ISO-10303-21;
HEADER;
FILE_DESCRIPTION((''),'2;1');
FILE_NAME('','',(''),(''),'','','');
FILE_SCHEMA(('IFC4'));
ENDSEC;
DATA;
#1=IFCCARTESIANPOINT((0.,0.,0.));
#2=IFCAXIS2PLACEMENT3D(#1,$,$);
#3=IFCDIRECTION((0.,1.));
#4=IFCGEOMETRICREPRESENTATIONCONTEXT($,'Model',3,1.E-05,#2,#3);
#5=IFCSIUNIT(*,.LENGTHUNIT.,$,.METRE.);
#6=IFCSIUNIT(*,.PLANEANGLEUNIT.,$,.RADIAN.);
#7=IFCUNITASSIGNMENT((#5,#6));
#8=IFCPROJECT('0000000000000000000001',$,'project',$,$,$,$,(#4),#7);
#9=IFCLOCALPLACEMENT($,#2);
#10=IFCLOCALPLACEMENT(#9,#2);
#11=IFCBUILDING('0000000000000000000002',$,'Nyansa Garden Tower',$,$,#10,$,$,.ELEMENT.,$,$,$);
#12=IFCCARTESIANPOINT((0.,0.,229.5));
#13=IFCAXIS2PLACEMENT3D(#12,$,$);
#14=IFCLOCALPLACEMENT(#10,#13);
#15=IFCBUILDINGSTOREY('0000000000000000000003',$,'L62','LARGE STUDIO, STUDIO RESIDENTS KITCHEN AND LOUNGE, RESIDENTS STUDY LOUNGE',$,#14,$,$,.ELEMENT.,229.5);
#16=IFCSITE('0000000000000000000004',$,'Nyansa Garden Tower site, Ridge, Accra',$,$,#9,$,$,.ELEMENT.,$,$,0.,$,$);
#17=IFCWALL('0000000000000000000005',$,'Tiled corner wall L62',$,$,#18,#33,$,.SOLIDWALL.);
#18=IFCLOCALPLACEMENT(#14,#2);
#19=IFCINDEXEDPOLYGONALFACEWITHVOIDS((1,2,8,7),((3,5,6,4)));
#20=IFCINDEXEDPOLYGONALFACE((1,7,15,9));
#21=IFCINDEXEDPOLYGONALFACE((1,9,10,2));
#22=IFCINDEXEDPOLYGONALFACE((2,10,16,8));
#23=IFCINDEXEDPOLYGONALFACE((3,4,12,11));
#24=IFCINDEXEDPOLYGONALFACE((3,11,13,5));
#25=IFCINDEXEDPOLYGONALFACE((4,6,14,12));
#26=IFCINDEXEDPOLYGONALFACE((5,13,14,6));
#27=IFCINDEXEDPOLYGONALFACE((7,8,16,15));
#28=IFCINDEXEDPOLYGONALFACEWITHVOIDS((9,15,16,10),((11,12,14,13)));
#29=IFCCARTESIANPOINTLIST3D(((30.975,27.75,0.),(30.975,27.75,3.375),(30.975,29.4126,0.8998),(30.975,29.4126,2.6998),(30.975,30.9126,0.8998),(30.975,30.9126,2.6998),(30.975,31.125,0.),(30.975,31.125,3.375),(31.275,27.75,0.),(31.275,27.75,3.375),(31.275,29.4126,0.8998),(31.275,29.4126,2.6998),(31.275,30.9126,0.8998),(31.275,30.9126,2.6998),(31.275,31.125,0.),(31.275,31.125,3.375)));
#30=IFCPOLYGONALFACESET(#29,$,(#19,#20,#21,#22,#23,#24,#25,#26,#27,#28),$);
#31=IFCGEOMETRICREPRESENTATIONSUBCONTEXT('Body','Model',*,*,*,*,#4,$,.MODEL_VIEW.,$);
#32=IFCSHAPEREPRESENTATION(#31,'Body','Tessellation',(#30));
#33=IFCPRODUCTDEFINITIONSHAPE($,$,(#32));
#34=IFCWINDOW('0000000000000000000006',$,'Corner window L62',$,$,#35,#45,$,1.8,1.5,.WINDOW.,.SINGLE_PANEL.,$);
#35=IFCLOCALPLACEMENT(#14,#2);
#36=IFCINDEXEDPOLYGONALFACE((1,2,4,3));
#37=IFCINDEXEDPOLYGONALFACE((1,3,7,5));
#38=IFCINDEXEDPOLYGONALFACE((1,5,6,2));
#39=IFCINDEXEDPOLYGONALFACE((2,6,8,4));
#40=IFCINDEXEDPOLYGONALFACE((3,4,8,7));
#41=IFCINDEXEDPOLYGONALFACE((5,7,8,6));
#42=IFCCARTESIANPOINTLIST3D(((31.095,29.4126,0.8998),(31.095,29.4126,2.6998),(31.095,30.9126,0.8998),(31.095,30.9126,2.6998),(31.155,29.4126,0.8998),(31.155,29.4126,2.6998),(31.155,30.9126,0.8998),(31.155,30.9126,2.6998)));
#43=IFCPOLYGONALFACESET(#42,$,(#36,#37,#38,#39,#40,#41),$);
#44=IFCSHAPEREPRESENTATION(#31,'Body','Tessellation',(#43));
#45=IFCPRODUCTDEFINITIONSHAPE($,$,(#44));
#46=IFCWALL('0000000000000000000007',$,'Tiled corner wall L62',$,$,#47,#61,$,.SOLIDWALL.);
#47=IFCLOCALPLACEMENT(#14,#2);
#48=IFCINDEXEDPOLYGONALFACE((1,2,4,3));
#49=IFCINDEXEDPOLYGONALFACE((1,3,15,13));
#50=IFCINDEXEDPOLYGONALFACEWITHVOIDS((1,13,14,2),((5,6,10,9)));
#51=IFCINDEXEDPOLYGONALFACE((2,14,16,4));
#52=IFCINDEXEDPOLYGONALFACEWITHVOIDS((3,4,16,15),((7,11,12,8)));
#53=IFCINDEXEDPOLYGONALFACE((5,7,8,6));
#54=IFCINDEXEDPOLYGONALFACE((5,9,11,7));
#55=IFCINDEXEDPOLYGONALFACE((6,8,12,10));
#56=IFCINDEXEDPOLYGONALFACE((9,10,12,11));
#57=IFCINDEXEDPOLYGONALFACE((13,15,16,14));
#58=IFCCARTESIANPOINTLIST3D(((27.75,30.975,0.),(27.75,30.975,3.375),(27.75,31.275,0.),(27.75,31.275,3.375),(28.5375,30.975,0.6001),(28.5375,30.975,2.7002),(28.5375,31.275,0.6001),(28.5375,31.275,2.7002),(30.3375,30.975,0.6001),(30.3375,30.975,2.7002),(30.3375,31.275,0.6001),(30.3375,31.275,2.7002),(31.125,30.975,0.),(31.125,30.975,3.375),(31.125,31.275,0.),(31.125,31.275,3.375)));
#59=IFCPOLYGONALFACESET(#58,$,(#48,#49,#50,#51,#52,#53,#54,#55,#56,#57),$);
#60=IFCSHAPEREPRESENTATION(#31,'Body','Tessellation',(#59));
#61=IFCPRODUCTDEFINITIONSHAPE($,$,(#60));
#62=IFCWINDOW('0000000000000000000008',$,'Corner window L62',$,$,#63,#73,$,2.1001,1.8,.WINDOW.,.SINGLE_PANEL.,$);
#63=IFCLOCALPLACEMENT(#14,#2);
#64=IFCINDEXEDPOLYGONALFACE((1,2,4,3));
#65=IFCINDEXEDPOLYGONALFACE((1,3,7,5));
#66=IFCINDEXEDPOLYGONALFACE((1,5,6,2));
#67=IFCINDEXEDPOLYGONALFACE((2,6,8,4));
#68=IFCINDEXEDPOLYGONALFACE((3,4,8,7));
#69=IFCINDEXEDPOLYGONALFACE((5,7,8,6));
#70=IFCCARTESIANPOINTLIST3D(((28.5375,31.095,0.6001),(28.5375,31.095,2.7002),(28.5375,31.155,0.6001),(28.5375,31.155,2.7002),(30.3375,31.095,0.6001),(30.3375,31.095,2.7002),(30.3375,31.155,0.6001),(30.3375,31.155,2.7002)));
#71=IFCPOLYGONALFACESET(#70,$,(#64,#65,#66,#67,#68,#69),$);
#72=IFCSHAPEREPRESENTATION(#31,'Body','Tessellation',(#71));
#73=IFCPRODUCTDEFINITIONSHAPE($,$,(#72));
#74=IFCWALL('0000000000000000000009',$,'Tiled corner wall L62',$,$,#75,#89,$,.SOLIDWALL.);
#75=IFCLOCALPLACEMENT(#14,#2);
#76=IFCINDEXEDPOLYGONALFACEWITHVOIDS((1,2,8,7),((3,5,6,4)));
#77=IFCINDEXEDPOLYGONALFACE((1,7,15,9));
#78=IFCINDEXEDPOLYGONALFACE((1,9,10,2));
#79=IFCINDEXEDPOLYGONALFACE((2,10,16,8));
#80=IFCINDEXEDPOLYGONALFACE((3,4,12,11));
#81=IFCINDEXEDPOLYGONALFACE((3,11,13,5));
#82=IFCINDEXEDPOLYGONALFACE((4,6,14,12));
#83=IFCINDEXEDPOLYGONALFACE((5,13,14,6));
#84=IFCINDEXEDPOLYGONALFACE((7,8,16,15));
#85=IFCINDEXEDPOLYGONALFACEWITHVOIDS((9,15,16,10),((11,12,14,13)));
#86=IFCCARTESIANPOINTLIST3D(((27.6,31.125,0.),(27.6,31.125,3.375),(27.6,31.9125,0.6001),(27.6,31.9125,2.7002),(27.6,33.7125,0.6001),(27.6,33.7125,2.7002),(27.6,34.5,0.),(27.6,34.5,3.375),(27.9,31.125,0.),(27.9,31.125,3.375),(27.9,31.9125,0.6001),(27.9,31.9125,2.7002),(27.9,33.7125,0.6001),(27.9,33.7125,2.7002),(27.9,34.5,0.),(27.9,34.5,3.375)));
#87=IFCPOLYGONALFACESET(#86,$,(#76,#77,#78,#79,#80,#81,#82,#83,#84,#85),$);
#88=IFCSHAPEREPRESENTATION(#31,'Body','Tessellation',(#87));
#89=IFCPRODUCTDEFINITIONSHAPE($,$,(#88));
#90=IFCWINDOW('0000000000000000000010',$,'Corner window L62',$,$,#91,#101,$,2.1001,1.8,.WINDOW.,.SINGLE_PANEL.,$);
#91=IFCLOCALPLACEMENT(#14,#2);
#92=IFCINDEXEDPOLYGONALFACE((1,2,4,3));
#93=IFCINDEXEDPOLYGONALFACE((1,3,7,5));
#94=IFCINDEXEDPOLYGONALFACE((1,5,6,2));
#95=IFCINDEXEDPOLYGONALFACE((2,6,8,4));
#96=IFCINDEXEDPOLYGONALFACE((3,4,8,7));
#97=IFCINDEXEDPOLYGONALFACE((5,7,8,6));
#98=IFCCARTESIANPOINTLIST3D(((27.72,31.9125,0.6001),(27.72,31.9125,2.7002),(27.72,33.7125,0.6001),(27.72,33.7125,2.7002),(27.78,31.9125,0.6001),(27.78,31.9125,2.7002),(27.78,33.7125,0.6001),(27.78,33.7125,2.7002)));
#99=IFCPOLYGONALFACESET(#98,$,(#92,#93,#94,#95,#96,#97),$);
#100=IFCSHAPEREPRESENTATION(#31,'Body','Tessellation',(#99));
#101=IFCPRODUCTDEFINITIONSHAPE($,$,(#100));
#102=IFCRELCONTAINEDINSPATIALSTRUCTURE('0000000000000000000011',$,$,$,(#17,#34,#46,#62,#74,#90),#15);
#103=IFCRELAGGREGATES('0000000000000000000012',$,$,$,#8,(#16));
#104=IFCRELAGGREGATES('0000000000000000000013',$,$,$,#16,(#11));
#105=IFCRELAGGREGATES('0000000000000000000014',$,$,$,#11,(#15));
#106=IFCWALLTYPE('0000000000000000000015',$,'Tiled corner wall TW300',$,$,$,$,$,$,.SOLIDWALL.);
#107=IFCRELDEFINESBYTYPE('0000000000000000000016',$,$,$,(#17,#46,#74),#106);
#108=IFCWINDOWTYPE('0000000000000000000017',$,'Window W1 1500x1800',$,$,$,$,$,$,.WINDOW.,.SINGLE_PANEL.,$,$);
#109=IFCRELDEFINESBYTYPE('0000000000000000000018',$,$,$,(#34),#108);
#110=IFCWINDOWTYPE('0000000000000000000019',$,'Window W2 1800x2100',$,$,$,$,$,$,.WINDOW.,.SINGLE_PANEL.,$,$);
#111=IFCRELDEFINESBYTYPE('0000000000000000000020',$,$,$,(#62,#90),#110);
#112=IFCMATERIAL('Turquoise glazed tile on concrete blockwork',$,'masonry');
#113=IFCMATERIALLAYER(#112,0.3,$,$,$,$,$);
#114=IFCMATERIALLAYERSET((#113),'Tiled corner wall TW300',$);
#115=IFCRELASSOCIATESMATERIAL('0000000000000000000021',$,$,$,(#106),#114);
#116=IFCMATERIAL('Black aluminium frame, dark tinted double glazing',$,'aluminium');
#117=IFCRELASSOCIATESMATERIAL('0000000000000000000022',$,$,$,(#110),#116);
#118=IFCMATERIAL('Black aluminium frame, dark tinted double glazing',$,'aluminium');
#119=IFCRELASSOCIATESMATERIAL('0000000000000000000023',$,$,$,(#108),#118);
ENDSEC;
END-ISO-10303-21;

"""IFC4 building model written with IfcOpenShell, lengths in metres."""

from ifc_helpers import new_model, si_unit, direction, frame, frame_2d, origin, place, context, subcontext, project, spatial, rectangle, extrude, material, layer, layer_set, type_object, element, fill, save


model = new_model("IFC4")

# Units and contexts
model_context = context("Model", 3, precision=1e-05, world=origin(), true_north=direction((0.0, 1.0)))
body_context = subcontext(model_context, "Body", "Model", "MODEL_VIEW")
ifc_project = project(units=[si_unit("LENGTHUNIT", "METRE"), si_unit("PLANEANGLEUNIT", "RADIAN")], contexts=[model_context])

# Site, building, storey
site_placement = place(None, origin())
site = spatial("IfcSite", under=ifc_project, at=site_placement, Name="Nyansa Garden Tower site, Ridge, Accra", CompositionType="ELEMENT", RefElevation=0.0)
building_placement = place(site_placement, origin())
building = spatial("IfcBuilding", under=site, at=building_placement, Name="Nyansa Garden Tower", CompositionType="ELEMENT")
storey_placement = place(building_placement, frame((0.0, 0.0, 229.5)))
storey = spatial("IfcBuildingStorey", under=building, at=storey_placement, Name="L62", Description="LARGE STUDIO, STUDIO RESIDENTS KITCHEN AND LOUNGE, RESIDENTS STUDY LOUNGE", CompositionType="ELEMENT", Elevation=229.5)

# Walls, openings, windows
ifc_material_1 = material(Name="Turquoise glazed tile on concrete blockwork", Category="masonry")
ifc_layer_1 = layer(ifc_material_1, 0.3)
ifc_layer_set_1 = layer_set([ifc_layer_1], Name="Tiled corner wall TW300")
wall_type_1 = type_object("IfcWallType", Name="Tiled corner wall TW300", PredefinedType="SOLIDWALL", material=ifc_layer_set_1)
ifc_material_2 = material(Name="Black aluminium frame, dark tinted double glazing", Category="aluminium")
window_type_1 = type_object("IfcWindowType", Name="Window W2 1800x2100", PartitioningType="SINGLE_PANEL", PredefinedType="WINDOW", material=ifc_material_2)
wall_1_placement = place(storey_placement, frame((31.125, 27.75, 0.0), z_axis=(0.0, 0.0, 1.0), x_axis=(0.0, 1.0, 0.0)))
wall_1 = element("IfcWall", 1, at=wall_1_placement, inside=storey, type_object=wall_type_1, Name="Tiled corner wall L62", PredefinedType="SOLIDWALL", context=body_context, shape_type="SweptSolid", body=[
    extrude(rectangle(XDim=3.375, YDim=0.3, at=frame_2d((1.6875, 0.0))), origin(), (0.0, 0.0, 1.0), 3.375),
])
opening_1_placement = place(wall_1_placement, frame((1.6626, 0.0, 0.8999)))
opening_1 = element("IfcOpeningElement", 2, at=opening_1_placement, cuts=wall_1, PredefinedType="OPENING", context=body_context, shape_type="SweptSolid", body=[
    extrude(rectangle(XDim=1.5, YDim=1.8, at=frame_2d((0.75, 0.8999))), frame((0.0, 0.1599, 0.0), z_axis=(0.0, -1.0, 0.0), x_axis=(1.0, 0.0, 0.0)), (0.0, 0.0, 1.0), 0.3201),
])
ifc_material_3 = material(Name="Black aluminium frame, dark tinted double glazing", Category="aluminium")
window_type_2 = type_object("IfcWindowType", Name="Window W1 1500x1800", PartitioningType="SINGLE_PANEL", PredefinedType="WINDOW", material=ifc_material_3)
window_1_placement = place(opening_1_placement, origin())
window_1 = element("IfcWindow", 3, at=window_1_placement, inside=storey, type_object=window_type_2, Name="Corner window L62", OverallHeight=1.8, OverallWidth=1.5, PartitioningType="SINGLE_PANEL", PredefinedType="WINDOW", context=body_context, shape_type="SweptSolid", body=[
    extrude(rectangle(XDim=1.5, YDim=1.8, at=frame_2d((0.75, 0.8999))), frame((0.0, 0.03, 0.0), z_axis=(0.0, -1.0, 0.0), x_axis=(1.0, 0.0, 0.0)), (0.0, 0.0, 1.0), 0.0601),
])
fill(opening_1, window_1)
wall_2_placement = place(storey_placement, frame((31.125, 31.125, 0.0), z_axis=(0.0, 0.0, 1.0), x_axis=(-1.0, 0.0, 0.0)))
wall_2 = element("IfcWall", 4, at=wall_2_placement, inside=storey, type_object=wall_type_1, Name="Tiled corner wall L62", PredefinedType="SOLIDWALL", context=body_context, shape_type="SweptSolid", body=[
    extrude(rectangle(XDim=3.375, YDim=0.3, at=frame_2d((1.6875, 0.0))), origin(), (0.0, 0.0, 1.0), 3.375),
])
opening_2_placement = place(wall_2_placement, frame((0.7876, 0.0, 0.6001)))
opening_2 = element("IfcOpeningElement", 5, at=opening_2_placement, cuts=wall_2, PredefinedType="OPENING", context=body_context, shape_type="SweptSolid", body=[
    extrude(rectangle(XDim=1.8, YDim=2.1001, at=frame_2d((0.8999, 1.05))), frame((0.0, 0.1599, 0.0), z_axis=(0.0, -1.0, 0.0), x_axis=(1.0, 0.0, 0.0)), (0.0, 0.0, 1.0), 0.3201),
])
window_2_placement = place(opening_2_placement, origin())
window_2 = element("IfcWindow", 6, at=window_2_placement, inside=storey, type_object=window_type_1, Name="Corner window L62", OverallHeight=2.1001, OverallWidth=1.8, PartitioningType="SINGLE_PANEL", PredefinedType="WINDOW", context=body_context, shape_type="SweptSolid", body=[
    extrude(rectangle(XDim=1.8, YDim=2.1001, at=frame_2d((0.8999, 1.05))), frame((0.0, 0.03, 0.0), z_axis=(0.0, -1.0, 0.0), x_axis=(1.0, 0.0, 0.0)), (0.0, 0.0, 1.0), 0.0601),
])
fill(opening_2, window_2)
wall_3_placement = place(storey_placement, frame((27.75, 31.125, 0.0), z_axis=(0.0, 0.0, 1.0), x_axis=(0.0, 1.0, 0.0)))
wall_3 = element("IfcWall", 7, at=wall_3_placement, inside=storey, type_object=wall_type_1, Name="Tiled corner wall L62", PredefinedType="SOLIDWALL", context=body_context, shape_type="SweptSolid", body=[
    extrude(rectangle(XDim=3.375, YDim=0.3, at=frame_2d((1.6875, 0.0))), origin(), (0.0, 0.0, 1.0), 3.375),
])
opening_3_placement = place(wall_3_placement, frame((0.7876, 0.0, 0.6001)))
opening_3 = element("IfcOpeningElement", 8, at=opening_3_placement, cuts=wall_3, PredefinedType="OPENING", context=body_context, shape_type="SweptSolid", body=[
    extrude(rectangle(XDim=1.8, YDim=2.1001, at=frame_2d((0.8999, 1.05))), frame((0.0, 0.1599, 0.0), z_axis=(0.0, -1.0, 0.0), x_axis=(1.0, 0.0, 0.0)), (0.0, 0.0, 1.0), 0.3201),
])
window_3_placement = place(opening_3_placement, origin())
window_3 = element("IfcWindow", 9, at=window_3_placement, inside=storey, type_object=window_type_1, Name="Corner window L62", OverallHeight=2.1001, OverallWidth=1.8, PartitioningType="SINGLE_PANEL", PredefinedType="WINDOW", context=body_context, shape_type="SweptSolid", body=[
    extrude(rectangle(XDim=1.8, YDim=2.1001, at=frame_2d((0.8999, 1.05))), frame((0.0, 0.03, 0.0), z_axis=(0.0, -1.0, 0.0), x_axis=(1.0, 0.0, 0.0)), (0.0, 0.0, 1.0), 0.0601),
])
fill(opening_3, window_3)

save(model, "model.ifc")
